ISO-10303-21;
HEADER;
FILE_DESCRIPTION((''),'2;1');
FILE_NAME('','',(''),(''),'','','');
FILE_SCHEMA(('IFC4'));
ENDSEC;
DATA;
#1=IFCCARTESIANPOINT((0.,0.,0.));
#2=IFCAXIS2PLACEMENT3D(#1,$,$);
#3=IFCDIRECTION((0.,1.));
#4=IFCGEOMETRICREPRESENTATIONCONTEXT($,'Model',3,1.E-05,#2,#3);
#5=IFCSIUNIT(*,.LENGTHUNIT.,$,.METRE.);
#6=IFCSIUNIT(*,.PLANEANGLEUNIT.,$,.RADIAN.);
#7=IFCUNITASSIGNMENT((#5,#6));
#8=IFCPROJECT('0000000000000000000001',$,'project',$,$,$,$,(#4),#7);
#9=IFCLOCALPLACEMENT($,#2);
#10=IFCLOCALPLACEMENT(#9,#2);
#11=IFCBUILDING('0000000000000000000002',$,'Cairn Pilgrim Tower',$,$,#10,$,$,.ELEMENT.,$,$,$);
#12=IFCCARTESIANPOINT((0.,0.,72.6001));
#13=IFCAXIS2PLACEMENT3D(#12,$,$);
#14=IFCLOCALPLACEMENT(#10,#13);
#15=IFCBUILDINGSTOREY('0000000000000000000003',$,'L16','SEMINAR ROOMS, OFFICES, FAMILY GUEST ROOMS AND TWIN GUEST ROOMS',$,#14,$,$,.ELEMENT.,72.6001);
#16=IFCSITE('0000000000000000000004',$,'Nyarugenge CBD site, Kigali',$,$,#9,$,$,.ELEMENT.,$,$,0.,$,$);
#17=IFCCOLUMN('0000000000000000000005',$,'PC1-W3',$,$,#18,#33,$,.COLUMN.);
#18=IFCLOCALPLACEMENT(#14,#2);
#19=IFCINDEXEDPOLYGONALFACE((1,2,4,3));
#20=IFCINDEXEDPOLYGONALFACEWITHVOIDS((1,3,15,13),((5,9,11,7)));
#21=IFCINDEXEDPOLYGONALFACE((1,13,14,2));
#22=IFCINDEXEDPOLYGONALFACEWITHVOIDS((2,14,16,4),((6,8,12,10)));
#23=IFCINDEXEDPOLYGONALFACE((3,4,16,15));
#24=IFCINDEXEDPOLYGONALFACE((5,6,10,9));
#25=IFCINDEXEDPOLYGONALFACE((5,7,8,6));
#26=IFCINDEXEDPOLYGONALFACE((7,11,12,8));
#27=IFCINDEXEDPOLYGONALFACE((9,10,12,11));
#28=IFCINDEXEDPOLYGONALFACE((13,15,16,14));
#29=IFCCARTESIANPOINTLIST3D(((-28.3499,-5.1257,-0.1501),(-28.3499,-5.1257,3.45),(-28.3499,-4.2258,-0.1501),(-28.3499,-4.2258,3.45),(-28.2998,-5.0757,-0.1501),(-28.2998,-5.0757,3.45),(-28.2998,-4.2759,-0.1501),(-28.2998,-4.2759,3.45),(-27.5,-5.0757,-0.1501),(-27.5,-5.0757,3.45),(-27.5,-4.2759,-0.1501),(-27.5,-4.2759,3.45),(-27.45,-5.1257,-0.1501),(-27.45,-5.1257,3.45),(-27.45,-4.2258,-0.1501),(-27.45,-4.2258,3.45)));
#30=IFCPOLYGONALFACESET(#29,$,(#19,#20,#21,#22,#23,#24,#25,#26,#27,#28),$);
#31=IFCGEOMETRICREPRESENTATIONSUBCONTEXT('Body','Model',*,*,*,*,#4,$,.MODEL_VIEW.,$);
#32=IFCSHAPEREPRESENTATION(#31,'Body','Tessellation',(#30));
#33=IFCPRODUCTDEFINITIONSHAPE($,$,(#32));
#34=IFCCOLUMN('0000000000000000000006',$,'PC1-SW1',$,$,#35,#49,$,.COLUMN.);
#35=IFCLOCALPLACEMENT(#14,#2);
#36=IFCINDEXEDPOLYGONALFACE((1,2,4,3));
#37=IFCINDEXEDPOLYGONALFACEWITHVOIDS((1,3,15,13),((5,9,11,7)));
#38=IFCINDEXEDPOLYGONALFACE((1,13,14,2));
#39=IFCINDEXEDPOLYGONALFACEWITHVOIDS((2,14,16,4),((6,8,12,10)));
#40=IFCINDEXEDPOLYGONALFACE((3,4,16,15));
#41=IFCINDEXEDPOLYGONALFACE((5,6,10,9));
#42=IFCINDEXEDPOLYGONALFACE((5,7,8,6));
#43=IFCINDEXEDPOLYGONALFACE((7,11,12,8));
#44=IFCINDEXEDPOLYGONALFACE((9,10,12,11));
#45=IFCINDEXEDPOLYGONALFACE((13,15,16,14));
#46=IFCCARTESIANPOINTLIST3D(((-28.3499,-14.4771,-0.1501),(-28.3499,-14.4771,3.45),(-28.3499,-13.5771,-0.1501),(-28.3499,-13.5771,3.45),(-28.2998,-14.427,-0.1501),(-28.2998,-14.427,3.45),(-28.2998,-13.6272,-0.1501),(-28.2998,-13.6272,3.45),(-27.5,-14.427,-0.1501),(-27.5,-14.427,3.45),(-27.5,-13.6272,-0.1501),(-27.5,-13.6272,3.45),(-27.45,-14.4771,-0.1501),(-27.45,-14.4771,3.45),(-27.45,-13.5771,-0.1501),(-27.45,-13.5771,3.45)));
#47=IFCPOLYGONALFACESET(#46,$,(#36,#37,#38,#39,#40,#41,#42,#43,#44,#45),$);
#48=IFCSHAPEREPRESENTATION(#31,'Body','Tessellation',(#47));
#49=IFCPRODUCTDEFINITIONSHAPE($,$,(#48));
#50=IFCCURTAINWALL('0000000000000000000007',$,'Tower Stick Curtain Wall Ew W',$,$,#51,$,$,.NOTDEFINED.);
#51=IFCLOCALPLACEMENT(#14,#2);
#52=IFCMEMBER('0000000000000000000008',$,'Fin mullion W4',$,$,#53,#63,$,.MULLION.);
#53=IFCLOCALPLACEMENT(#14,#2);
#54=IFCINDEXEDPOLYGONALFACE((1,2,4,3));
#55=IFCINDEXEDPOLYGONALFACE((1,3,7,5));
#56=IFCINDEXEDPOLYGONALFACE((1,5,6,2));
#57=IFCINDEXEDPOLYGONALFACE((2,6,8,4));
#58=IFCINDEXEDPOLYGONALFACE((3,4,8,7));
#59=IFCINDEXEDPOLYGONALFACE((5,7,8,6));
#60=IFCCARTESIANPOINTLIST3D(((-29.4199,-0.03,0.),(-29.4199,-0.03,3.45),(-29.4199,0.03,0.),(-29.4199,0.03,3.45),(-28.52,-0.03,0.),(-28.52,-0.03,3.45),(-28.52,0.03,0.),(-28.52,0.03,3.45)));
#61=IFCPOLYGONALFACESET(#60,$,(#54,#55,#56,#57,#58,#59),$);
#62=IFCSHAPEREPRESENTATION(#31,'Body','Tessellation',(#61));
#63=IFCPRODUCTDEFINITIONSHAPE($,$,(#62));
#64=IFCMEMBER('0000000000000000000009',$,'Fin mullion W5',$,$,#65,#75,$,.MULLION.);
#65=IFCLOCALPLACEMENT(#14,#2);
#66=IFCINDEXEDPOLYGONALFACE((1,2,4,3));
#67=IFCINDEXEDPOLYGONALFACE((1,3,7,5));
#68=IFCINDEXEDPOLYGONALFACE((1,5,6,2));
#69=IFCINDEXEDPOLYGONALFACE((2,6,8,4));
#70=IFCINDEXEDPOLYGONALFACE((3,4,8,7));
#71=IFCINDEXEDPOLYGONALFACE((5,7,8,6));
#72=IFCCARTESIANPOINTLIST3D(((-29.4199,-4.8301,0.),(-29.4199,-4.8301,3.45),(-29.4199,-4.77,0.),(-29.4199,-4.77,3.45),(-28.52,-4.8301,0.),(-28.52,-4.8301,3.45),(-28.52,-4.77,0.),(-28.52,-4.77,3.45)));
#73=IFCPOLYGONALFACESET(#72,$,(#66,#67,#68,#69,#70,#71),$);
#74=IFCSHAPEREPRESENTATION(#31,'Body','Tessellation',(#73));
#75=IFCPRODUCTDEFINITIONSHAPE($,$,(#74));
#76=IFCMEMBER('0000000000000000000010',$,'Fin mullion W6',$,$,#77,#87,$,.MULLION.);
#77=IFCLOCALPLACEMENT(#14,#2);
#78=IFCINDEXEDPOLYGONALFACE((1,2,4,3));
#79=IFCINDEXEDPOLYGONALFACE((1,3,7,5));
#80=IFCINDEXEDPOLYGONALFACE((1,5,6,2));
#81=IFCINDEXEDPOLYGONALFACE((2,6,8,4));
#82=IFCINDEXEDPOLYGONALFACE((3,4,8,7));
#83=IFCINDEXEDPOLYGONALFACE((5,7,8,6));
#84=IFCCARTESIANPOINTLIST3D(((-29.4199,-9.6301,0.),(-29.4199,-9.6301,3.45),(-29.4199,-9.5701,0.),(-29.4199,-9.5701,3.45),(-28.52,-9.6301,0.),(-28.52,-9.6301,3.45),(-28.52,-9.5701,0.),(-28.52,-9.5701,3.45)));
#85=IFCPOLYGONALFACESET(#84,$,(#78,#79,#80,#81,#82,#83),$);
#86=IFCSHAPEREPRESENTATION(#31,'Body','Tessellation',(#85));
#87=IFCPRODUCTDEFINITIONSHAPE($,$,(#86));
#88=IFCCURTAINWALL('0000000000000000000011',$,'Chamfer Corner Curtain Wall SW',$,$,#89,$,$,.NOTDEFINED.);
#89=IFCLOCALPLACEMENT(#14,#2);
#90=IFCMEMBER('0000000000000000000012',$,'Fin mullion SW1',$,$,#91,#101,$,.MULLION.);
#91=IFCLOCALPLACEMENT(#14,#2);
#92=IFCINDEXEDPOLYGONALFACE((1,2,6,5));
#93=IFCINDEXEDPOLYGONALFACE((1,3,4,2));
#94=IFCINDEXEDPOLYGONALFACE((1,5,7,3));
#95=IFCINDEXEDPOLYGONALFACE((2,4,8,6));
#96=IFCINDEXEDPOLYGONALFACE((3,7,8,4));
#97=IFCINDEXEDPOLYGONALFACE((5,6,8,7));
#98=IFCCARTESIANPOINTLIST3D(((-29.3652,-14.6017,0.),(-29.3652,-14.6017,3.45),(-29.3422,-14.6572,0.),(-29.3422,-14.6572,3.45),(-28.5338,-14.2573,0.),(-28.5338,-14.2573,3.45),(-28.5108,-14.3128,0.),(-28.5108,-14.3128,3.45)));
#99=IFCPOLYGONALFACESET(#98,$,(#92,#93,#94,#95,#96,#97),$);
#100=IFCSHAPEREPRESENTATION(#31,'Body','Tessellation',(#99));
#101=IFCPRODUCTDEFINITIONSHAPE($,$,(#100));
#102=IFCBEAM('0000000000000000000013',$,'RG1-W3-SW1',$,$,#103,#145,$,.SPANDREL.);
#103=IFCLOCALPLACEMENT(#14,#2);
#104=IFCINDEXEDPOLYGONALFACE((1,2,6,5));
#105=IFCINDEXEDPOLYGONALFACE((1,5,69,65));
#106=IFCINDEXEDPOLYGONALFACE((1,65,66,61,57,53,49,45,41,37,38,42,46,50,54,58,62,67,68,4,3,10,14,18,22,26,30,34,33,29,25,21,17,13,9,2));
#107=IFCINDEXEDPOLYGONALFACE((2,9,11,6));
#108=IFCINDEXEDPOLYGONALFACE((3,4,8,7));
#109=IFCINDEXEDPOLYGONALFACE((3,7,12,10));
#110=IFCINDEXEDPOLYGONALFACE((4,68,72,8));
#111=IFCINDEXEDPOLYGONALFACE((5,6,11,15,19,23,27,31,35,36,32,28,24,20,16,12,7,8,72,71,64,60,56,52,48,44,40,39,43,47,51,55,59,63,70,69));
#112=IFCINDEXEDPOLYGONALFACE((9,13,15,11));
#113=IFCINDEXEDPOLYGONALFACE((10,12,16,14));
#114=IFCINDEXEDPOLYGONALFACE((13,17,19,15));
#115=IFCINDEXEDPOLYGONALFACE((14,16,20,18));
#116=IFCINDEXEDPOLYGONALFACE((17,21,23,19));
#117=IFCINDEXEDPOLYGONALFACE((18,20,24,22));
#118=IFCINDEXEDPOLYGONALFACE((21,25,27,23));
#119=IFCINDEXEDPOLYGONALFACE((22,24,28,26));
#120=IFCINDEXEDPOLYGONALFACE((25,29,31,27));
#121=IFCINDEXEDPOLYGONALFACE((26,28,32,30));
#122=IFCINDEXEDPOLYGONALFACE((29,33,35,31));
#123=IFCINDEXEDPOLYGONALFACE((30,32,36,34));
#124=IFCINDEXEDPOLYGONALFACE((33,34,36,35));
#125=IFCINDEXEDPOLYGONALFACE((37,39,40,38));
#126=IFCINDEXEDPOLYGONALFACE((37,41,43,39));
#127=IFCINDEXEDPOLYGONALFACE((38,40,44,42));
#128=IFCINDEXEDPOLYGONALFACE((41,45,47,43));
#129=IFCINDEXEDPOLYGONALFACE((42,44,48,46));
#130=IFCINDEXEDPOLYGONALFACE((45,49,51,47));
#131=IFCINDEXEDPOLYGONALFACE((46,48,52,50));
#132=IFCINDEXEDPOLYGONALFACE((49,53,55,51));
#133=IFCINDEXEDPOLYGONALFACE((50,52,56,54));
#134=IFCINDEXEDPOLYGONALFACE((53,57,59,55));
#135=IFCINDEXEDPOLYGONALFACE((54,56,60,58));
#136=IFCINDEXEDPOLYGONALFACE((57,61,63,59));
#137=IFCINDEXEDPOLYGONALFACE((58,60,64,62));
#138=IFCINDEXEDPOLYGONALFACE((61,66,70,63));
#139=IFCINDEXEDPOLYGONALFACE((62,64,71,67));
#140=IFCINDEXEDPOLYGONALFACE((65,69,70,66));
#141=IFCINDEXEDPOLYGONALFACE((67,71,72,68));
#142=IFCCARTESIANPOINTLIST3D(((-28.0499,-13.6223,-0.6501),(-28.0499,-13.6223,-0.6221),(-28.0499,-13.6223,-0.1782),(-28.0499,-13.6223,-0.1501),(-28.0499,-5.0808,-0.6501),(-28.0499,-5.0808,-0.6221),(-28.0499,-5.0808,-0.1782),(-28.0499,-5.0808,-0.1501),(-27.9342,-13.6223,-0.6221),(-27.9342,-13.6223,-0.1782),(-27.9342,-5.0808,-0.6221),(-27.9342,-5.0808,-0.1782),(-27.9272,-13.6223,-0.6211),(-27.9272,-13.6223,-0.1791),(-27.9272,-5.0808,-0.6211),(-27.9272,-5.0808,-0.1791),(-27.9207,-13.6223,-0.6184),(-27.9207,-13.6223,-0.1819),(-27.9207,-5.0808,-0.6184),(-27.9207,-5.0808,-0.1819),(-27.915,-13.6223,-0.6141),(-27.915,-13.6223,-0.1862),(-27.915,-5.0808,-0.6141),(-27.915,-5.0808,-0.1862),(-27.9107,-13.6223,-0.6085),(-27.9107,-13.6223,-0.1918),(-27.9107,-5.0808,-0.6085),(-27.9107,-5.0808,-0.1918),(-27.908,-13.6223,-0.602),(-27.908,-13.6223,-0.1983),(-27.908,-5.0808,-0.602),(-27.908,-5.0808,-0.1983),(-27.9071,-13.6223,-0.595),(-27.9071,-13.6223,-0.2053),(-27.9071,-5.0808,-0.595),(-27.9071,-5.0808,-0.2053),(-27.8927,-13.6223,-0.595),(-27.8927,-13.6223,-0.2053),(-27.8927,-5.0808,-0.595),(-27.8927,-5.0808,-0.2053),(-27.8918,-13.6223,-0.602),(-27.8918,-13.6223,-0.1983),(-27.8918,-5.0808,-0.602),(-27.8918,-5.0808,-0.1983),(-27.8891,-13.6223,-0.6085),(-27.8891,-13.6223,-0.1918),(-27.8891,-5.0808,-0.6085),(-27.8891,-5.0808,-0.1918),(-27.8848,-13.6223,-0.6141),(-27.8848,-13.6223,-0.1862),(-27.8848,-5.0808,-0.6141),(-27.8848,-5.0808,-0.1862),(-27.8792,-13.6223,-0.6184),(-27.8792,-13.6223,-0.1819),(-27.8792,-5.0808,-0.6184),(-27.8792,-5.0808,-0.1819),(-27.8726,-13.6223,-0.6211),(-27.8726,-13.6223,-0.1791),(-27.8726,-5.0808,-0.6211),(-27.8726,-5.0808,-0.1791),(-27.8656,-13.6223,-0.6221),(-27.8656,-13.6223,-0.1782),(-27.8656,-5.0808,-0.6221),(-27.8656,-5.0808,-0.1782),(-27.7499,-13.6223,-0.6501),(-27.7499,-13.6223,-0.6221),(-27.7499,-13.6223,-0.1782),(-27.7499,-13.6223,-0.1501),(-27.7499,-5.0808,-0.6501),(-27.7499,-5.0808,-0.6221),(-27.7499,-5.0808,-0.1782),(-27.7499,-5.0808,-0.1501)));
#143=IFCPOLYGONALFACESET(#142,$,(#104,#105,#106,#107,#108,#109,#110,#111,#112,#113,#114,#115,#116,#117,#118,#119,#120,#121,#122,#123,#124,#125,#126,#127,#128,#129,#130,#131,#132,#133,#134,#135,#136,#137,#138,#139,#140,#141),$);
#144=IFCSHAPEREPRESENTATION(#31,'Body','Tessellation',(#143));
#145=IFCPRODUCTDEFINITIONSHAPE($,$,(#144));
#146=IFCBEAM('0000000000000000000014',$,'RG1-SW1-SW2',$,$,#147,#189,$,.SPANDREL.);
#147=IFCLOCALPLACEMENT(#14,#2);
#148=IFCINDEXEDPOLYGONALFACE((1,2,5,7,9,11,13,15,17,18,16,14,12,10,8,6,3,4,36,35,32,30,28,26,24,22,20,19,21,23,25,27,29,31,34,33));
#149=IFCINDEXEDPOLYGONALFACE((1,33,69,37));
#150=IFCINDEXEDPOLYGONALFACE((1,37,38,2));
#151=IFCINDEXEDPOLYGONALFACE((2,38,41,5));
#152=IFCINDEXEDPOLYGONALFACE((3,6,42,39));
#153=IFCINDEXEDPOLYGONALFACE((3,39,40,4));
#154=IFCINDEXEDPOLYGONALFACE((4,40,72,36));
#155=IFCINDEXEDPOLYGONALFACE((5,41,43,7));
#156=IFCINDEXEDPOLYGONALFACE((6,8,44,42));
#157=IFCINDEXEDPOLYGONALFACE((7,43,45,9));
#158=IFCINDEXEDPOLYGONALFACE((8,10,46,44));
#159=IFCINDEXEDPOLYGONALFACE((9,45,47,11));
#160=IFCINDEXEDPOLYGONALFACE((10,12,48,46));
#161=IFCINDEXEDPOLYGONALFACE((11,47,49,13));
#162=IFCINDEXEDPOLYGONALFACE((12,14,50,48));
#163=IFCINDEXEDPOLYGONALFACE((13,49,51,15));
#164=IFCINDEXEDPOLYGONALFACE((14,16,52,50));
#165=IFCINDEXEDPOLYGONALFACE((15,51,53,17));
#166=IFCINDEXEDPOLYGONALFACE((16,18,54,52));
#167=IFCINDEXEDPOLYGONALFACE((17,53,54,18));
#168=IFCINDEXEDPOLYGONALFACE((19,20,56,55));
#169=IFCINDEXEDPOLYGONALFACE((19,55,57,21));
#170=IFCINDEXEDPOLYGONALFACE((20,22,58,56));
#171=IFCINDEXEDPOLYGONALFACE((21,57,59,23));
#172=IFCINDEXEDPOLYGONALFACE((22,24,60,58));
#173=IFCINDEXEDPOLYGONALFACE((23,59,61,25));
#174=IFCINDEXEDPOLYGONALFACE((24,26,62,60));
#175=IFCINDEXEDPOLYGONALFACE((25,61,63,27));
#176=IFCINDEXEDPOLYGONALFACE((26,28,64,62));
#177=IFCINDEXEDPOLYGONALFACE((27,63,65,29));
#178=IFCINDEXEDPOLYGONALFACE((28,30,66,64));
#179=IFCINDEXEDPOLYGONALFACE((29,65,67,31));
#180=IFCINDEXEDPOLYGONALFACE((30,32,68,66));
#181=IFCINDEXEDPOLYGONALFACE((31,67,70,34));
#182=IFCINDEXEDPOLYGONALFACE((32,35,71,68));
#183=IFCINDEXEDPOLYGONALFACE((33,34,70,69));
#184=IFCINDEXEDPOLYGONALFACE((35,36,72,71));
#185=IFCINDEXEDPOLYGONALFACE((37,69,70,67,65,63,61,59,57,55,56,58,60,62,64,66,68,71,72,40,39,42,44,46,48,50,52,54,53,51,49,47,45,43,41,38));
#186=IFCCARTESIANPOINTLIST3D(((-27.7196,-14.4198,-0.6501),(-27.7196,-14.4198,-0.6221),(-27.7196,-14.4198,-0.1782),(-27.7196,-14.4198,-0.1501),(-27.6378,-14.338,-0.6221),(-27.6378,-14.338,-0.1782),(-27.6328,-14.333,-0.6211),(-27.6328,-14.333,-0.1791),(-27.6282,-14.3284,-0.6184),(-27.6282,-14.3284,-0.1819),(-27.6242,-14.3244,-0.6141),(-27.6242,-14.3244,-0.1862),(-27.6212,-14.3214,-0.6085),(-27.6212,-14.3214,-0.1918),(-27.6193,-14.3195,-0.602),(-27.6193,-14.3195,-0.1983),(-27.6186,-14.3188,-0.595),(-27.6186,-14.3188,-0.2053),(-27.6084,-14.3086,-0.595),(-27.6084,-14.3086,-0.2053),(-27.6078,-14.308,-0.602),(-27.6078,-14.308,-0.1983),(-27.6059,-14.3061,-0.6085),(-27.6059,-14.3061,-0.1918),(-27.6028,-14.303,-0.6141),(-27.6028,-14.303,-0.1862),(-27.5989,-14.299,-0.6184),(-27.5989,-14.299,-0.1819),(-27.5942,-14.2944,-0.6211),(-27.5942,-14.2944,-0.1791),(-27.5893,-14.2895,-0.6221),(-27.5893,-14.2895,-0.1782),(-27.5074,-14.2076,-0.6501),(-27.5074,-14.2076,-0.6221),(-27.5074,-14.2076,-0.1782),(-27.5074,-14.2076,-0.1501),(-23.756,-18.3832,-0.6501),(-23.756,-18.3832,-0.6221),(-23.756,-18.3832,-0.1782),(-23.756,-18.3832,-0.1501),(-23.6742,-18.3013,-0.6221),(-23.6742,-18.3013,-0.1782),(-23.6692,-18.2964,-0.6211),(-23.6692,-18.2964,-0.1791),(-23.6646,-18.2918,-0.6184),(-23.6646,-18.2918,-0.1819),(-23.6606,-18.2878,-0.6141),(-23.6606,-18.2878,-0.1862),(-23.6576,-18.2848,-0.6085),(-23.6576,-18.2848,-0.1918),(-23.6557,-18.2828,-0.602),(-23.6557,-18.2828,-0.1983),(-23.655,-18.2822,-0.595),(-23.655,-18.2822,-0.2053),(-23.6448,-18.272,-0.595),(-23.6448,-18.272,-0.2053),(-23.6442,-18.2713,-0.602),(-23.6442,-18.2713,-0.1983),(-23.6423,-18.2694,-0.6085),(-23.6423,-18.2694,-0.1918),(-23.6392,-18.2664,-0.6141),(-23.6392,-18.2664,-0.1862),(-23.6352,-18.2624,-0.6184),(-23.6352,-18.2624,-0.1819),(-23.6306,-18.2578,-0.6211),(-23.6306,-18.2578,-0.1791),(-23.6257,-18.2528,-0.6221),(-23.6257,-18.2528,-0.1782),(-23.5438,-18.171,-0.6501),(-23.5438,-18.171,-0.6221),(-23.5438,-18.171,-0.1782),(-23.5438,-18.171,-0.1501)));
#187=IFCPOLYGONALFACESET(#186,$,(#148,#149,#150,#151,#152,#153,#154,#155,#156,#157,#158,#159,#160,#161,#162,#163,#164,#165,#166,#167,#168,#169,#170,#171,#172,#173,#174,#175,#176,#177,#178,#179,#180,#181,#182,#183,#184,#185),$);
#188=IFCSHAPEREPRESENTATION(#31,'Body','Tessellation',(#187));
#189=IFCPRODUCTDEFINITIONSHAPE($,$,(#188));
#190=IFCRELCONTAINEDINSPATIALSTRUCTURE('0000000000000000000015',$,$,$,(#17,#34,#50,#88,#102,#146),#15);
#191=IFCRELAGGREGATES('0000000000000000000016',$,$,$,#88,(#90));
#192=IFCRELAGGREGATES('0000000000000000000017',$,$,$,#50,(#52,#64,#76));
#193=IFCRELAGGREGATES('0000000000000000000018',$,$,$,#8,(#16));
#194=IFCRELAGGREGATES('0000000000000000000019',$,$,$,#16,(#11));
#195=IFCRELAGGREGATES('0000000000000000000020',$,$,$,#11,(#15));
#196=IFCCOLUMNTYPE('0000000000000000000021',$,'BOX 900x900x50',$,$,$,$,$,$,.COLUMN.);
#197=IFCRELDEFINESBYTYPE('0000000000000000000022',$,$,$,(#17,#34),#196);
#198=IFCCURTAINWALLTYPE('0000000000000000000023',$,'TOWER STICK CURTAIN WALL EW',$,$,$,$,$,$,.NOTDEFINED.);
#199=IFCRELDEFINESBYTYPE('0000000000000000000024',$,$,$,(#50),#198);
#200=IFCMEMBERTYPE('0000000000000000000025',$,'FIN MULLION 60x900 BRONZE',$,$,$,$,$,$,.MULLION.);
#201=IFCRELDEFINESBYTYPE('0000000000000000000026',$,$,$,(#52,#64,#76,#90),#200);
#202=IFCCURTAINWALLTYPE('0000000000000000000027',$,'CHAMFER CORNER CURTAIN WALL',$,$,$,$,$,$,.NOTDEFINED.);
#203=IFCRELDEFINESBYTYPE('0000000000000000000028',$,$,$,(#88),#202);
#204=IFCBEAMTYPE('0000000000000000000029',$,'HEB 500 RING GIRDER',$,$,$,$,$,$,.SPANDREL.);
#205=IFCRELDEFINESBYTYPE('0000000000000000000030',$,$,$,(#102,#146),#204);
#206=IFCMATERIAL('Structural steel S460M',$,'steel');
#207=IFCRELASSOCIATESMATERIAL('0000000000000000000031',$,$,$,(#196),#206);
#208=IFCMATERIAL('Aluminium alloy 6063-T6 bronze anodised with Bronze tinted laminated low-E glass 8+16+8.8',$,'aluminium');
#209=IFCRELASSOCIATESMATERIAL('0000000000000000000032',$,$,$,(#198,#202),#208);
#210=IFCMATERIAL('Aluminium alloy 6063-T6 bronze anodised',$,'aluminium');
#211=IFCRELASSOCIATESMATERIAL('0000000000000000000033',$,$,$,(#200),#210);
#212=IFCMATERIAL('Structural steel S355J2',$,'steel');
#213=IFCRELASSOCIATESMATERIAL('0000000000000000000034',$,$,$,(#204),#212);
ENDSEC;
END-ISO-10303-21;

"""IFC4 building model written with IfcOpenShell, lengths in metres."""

from ifc_helpers import new_model, si_unit, direction, frame, origin, origin_2d, place, context, subcontext, project, spatial, rectangle, hollow_rectangle, i_section, extrude, material, material_profile, profile_set, type_object, element, aggregate, save


model = new_model("IFC4")

# Units and contexts
model_context = context("Model", 3, precision=1e-05, world=origin(), true_north=direction((0.0, 1.0)))
body_context = subcontext(model_context, "Body", "Model", "MODEL_VIEW")
ifc_project = project(units=[si_unit("LENGTHUNIT", "METRE"), si_unit("PLANEANGLEUNIT", "RADIAN")], contexts=[model_context])

# Site, building, storey
site_placement = place(None, origin())
site = spatial("IfcSite", under=ifc_project, at=site_placement, Name="Nyarugenge CBD site, Kigali", CompositionType="ELEMENT", RefElevation=0.0)
building_placement = place(site_placement, origin())
building = spatial("IfcBuilding", under=site, at=building_placement, Name="Cairn Pilgrim Tower", CompositionType="ELEMENT")
storey_placement = place(building_placement, frame((0.0, 0.0, 72.6001)))
storey = spatial("IfcBuildingStorey", under=building, at=storey_placement, Name="L16", Description="SEMINAR ROOMS, OFFICES, FAMILY GUEST ROOMS AND TWIN GUEST ROOMS", CompositionType="ELEMENT", Elevation=72.6001)

# Columns
ifc_material_1 = material(Name="Structural steel S460M", Category="steel")
ifc_material_profile_1 = material_profile(ifc_material_1, hollow_rectangle(XDim=0.8999, YDim=0.8999, WallThickness=0.05, at=origin_2d()), Name="BOX 900x900x50")
ifc_profile_set_1 = profile_set([ifc_material_profile_1], Name="Structural steel S460M")
column_type = type_object("IfcColumnType", Name="BOX 900x900x50", PredefinedType="COLUMN", material=ifc_profile_set_1)
for number, where, z_axis, x_axis, name in (
    (1, (-27.8999, -4.6758, -0.1501), (0.0, 0.0, 1.0), (1.0, 0.0, 0.0), "PC1-W3"),
    (2, (-27.8999, -14.0271, -0.1501), (0.0, 0.0, 1.0), (1.0, 0.0, 0.0), "PC1-SW1"),
):
    element("IfcColumn", number, at=place(storey_placement, frame(where, z_axis=z_axis, x_axis=x_axis)), inside=storey, type_object=column_type, Name=name, PredefinedType="COLUMN", context=body_context, shape_type="SweptSolid", body=[
        extrude(hollow_rectangle(XDim=0.8999, YDim=0.8999, WallThickness=0.05, at=origin_2d()), origin(), (0.0, 0.0, 1.0), 3.6001),
    ])

# Curtain wall, members
ifc_material_2 = material(Name="Aluminium alloy 6063-T6 bronze anodised with Bronze tinted laminated low-E glass 8+16+8.8", Category="aluminium")
curtain_wall_type_1 = type_object("IfcCurtainWallType", Name="TOWER STICK CURTAIN WALL EW", PredefinedType="NOTDEFINED", material=ifc_material_2)
curtain_wall_1_placement = place(storey_placement, origin())
curtain_wall_1 = element("IfcCurtainWall", 3, at=curtain_wall_1_placement, inside=storey, type_object=curtain_wall_type_1, Name="Tower Stick Curtain Wall Ew W", PredefinedType="NOTDEFINED")
ifc_material_3 = material(Name="Aluminium alloy 6063-T6 bronze anodised", Category="aluminium")
ifc_material_profile_2 = material_profile(ifc_material_3, rectangle(XDim=0.8999, YDim=0.0601, at=origin_2d()), Name="FIN MULLION 60x900 BRONZE")
ifc_profile_set_2 = profile_set([ifc_material_profile_2], Name="Aluminium alloy 6063-T6 bronze anodised")
member_type_1 = type_object("IfcMemberType", Name="FIN MULLION 60x900 BRONZE", PredefinedType="MULLION", material=ifc_profile_set_2)
member_1_placement = place(storey_placement, frame((-28.97, 0.0, 0.0), z_axis=(0.0, 0.0, 1.0), x_axis=(-1.0, 0.0, 0.0)))
member_1 = element("IfcMember", 4, at=member_1_placement, type_object=member_type_1, Name="Fin mullion W4", PredefinedType="MULLION", context=body_context, shape_type="SweptSolid", body=[
    extrude(rectangle(XDim=0.8999, YDim=0.0601, at=origin_2d()), origin(), (0.0, 0.0, 1.0), 3.45),
])
member_2_placement = place(storey_placement, frame((-28.97, -4.8, 0.0), z_axis=(0.0, 0.0, 1.0), x_axis=(-1.0, 0.0, 0.0)))
member_2 = element("IfcMember", 5, at=member_2_placement, type_object=member_type_1, Name="Fin mullion W5", PredefinedType="MULLION", context=body_context, shape_type="SweptSolid", body=[
    extrude(rectangle(XDim=0.8999, YDim=0.0601, at=origin_2d()), origin(), (0.0, 0.0, 1.0), 3.45),
])
member_3_placement = place(storey_placement, frame((-28.97, -9.6001, 0.0), z_axis=(0.0, 0.0, 1.0), x_axis=(-1.0, 0.0, 0.0)))
member_3 = element("IfcMember", 6, at=member_3_placement, type_object=member_type_1, Name="Fin mullion W6", PredefinedType="MULLION", context=body_context, shape_type="SweptSolid", body=[
    extrude(rectangle(XDim=0.8999, YDim=0.0601, at=origin_2d()), origin(), (0.0, 0.0, 1.0), 3.45),
])

# Curtain wall, member
curtain_wall_type_2 = type_object("IfcCurtainWallType", Name="CHAMFER CORNER CURTAIN WALL", PredefinedType="NOTDEFINED", material=ifc_material_2)
curtain_wall_2_placement = place(storey_placement, origin())
curtain_wall_2 = element("IfcCurtainWall", 7, at=curtain_wall_2_placement, inside=storey, type_object=curtain_wall_type_2, Name="Chamfer Corner Curtain Wall SW", PredefinedType="NOTDEFINED")
member_4_placement = place(storey_placement, frame((-28.938, -14.4573, 0.0), z_axis=(0.0, 0.0, 1.0), x_axis=(-0.92388, -0.382683, 0.0)))
member_4 = element("IfcMember", 8, at=member_4_placement, type_object=member_type_1, Name="Fin mullion SW1", PredefinedType="MULLION", context=body_context, shape_type="SweptSolid", body=[
    extrude(rectangle(XDim=0.8999, YDim=0.0601, at=origin_2d()), origin(), (0.0, 0.0, 1.0), 3.45),
])

# Beams
ifc_material_4 = material(Name="Structural steel S355J2", Category="steel")
ifc_material_profile_3 = material_profile(ifc_material_4, i_section(OverallWidth=0.3, OverallDepth=0.5, WebThickness=0.0144, FlangeThickness=0.0281, FilletRadius=0.0271, at=origin_2d()), Name="HEB 500")
ifc_profile_set_3 = profile_set([ifc_material_profile_3], Name="Structural steel S355J2")
beam_type_1 = type_object("IfcBeamType", Name="HEB 500 RING GIRDER", PredefinedType="SPANDREL", material=ifc_profile_set_3)
beam_1_placement = place(storey_placement, frame((-27.8999, -5.0808, -0.4001), z_axis=(0.0, -1.0, 0.0), x_axis=(1.0, 0.0, 0.0)))
element("IfcBeam", 9, at=beam_1_placement, inside=storey, type_object=beam_type_1, Name="RG1-W3-SW1", PredefinedType="SPANDREL", context=body_context, shape_type="SweptSolid", body=[
    extrude(i_section(OverallWidth=0.3, OverallDepth=0.5, WebThickness=0.0144, FlangeThickness=0.0281, FilletRadius=0.0271, at=origin_2d()), origin(), (0.0, 0.0, 1.0), 8.5415),
])
beam_2_placement = place(storey_placement, frame((-27.6135, -14.3137, -0.4001), z_axis=(0.707129, -0.707085, 0.0), x_axis=(0.707085, 0.707129, 0.0)))
element("IfcBeam", 10, at=beam_2_placement, inside=storey, type_object=beam_type_1, Name="RG1-SW1-SW2", PredefinedType="SPANDREL", context=body_context, shape_type="SweptSolid", body=[
    extrude(i_section(OverallWidth=0.3, OverallDepth=0.5, WebThickness=0.0144, FlangeThickness=0.0281, FilletRadius=0.0271, at=origin_2d()), origin(), (0.0, 0.0, 1.0), 5.6052),
])

aggregate(curtain_wall_2, [member_4])

aggregate(curtain_wall_1, [member_1, member_2, member_3])

save(model, "model.ifc")
